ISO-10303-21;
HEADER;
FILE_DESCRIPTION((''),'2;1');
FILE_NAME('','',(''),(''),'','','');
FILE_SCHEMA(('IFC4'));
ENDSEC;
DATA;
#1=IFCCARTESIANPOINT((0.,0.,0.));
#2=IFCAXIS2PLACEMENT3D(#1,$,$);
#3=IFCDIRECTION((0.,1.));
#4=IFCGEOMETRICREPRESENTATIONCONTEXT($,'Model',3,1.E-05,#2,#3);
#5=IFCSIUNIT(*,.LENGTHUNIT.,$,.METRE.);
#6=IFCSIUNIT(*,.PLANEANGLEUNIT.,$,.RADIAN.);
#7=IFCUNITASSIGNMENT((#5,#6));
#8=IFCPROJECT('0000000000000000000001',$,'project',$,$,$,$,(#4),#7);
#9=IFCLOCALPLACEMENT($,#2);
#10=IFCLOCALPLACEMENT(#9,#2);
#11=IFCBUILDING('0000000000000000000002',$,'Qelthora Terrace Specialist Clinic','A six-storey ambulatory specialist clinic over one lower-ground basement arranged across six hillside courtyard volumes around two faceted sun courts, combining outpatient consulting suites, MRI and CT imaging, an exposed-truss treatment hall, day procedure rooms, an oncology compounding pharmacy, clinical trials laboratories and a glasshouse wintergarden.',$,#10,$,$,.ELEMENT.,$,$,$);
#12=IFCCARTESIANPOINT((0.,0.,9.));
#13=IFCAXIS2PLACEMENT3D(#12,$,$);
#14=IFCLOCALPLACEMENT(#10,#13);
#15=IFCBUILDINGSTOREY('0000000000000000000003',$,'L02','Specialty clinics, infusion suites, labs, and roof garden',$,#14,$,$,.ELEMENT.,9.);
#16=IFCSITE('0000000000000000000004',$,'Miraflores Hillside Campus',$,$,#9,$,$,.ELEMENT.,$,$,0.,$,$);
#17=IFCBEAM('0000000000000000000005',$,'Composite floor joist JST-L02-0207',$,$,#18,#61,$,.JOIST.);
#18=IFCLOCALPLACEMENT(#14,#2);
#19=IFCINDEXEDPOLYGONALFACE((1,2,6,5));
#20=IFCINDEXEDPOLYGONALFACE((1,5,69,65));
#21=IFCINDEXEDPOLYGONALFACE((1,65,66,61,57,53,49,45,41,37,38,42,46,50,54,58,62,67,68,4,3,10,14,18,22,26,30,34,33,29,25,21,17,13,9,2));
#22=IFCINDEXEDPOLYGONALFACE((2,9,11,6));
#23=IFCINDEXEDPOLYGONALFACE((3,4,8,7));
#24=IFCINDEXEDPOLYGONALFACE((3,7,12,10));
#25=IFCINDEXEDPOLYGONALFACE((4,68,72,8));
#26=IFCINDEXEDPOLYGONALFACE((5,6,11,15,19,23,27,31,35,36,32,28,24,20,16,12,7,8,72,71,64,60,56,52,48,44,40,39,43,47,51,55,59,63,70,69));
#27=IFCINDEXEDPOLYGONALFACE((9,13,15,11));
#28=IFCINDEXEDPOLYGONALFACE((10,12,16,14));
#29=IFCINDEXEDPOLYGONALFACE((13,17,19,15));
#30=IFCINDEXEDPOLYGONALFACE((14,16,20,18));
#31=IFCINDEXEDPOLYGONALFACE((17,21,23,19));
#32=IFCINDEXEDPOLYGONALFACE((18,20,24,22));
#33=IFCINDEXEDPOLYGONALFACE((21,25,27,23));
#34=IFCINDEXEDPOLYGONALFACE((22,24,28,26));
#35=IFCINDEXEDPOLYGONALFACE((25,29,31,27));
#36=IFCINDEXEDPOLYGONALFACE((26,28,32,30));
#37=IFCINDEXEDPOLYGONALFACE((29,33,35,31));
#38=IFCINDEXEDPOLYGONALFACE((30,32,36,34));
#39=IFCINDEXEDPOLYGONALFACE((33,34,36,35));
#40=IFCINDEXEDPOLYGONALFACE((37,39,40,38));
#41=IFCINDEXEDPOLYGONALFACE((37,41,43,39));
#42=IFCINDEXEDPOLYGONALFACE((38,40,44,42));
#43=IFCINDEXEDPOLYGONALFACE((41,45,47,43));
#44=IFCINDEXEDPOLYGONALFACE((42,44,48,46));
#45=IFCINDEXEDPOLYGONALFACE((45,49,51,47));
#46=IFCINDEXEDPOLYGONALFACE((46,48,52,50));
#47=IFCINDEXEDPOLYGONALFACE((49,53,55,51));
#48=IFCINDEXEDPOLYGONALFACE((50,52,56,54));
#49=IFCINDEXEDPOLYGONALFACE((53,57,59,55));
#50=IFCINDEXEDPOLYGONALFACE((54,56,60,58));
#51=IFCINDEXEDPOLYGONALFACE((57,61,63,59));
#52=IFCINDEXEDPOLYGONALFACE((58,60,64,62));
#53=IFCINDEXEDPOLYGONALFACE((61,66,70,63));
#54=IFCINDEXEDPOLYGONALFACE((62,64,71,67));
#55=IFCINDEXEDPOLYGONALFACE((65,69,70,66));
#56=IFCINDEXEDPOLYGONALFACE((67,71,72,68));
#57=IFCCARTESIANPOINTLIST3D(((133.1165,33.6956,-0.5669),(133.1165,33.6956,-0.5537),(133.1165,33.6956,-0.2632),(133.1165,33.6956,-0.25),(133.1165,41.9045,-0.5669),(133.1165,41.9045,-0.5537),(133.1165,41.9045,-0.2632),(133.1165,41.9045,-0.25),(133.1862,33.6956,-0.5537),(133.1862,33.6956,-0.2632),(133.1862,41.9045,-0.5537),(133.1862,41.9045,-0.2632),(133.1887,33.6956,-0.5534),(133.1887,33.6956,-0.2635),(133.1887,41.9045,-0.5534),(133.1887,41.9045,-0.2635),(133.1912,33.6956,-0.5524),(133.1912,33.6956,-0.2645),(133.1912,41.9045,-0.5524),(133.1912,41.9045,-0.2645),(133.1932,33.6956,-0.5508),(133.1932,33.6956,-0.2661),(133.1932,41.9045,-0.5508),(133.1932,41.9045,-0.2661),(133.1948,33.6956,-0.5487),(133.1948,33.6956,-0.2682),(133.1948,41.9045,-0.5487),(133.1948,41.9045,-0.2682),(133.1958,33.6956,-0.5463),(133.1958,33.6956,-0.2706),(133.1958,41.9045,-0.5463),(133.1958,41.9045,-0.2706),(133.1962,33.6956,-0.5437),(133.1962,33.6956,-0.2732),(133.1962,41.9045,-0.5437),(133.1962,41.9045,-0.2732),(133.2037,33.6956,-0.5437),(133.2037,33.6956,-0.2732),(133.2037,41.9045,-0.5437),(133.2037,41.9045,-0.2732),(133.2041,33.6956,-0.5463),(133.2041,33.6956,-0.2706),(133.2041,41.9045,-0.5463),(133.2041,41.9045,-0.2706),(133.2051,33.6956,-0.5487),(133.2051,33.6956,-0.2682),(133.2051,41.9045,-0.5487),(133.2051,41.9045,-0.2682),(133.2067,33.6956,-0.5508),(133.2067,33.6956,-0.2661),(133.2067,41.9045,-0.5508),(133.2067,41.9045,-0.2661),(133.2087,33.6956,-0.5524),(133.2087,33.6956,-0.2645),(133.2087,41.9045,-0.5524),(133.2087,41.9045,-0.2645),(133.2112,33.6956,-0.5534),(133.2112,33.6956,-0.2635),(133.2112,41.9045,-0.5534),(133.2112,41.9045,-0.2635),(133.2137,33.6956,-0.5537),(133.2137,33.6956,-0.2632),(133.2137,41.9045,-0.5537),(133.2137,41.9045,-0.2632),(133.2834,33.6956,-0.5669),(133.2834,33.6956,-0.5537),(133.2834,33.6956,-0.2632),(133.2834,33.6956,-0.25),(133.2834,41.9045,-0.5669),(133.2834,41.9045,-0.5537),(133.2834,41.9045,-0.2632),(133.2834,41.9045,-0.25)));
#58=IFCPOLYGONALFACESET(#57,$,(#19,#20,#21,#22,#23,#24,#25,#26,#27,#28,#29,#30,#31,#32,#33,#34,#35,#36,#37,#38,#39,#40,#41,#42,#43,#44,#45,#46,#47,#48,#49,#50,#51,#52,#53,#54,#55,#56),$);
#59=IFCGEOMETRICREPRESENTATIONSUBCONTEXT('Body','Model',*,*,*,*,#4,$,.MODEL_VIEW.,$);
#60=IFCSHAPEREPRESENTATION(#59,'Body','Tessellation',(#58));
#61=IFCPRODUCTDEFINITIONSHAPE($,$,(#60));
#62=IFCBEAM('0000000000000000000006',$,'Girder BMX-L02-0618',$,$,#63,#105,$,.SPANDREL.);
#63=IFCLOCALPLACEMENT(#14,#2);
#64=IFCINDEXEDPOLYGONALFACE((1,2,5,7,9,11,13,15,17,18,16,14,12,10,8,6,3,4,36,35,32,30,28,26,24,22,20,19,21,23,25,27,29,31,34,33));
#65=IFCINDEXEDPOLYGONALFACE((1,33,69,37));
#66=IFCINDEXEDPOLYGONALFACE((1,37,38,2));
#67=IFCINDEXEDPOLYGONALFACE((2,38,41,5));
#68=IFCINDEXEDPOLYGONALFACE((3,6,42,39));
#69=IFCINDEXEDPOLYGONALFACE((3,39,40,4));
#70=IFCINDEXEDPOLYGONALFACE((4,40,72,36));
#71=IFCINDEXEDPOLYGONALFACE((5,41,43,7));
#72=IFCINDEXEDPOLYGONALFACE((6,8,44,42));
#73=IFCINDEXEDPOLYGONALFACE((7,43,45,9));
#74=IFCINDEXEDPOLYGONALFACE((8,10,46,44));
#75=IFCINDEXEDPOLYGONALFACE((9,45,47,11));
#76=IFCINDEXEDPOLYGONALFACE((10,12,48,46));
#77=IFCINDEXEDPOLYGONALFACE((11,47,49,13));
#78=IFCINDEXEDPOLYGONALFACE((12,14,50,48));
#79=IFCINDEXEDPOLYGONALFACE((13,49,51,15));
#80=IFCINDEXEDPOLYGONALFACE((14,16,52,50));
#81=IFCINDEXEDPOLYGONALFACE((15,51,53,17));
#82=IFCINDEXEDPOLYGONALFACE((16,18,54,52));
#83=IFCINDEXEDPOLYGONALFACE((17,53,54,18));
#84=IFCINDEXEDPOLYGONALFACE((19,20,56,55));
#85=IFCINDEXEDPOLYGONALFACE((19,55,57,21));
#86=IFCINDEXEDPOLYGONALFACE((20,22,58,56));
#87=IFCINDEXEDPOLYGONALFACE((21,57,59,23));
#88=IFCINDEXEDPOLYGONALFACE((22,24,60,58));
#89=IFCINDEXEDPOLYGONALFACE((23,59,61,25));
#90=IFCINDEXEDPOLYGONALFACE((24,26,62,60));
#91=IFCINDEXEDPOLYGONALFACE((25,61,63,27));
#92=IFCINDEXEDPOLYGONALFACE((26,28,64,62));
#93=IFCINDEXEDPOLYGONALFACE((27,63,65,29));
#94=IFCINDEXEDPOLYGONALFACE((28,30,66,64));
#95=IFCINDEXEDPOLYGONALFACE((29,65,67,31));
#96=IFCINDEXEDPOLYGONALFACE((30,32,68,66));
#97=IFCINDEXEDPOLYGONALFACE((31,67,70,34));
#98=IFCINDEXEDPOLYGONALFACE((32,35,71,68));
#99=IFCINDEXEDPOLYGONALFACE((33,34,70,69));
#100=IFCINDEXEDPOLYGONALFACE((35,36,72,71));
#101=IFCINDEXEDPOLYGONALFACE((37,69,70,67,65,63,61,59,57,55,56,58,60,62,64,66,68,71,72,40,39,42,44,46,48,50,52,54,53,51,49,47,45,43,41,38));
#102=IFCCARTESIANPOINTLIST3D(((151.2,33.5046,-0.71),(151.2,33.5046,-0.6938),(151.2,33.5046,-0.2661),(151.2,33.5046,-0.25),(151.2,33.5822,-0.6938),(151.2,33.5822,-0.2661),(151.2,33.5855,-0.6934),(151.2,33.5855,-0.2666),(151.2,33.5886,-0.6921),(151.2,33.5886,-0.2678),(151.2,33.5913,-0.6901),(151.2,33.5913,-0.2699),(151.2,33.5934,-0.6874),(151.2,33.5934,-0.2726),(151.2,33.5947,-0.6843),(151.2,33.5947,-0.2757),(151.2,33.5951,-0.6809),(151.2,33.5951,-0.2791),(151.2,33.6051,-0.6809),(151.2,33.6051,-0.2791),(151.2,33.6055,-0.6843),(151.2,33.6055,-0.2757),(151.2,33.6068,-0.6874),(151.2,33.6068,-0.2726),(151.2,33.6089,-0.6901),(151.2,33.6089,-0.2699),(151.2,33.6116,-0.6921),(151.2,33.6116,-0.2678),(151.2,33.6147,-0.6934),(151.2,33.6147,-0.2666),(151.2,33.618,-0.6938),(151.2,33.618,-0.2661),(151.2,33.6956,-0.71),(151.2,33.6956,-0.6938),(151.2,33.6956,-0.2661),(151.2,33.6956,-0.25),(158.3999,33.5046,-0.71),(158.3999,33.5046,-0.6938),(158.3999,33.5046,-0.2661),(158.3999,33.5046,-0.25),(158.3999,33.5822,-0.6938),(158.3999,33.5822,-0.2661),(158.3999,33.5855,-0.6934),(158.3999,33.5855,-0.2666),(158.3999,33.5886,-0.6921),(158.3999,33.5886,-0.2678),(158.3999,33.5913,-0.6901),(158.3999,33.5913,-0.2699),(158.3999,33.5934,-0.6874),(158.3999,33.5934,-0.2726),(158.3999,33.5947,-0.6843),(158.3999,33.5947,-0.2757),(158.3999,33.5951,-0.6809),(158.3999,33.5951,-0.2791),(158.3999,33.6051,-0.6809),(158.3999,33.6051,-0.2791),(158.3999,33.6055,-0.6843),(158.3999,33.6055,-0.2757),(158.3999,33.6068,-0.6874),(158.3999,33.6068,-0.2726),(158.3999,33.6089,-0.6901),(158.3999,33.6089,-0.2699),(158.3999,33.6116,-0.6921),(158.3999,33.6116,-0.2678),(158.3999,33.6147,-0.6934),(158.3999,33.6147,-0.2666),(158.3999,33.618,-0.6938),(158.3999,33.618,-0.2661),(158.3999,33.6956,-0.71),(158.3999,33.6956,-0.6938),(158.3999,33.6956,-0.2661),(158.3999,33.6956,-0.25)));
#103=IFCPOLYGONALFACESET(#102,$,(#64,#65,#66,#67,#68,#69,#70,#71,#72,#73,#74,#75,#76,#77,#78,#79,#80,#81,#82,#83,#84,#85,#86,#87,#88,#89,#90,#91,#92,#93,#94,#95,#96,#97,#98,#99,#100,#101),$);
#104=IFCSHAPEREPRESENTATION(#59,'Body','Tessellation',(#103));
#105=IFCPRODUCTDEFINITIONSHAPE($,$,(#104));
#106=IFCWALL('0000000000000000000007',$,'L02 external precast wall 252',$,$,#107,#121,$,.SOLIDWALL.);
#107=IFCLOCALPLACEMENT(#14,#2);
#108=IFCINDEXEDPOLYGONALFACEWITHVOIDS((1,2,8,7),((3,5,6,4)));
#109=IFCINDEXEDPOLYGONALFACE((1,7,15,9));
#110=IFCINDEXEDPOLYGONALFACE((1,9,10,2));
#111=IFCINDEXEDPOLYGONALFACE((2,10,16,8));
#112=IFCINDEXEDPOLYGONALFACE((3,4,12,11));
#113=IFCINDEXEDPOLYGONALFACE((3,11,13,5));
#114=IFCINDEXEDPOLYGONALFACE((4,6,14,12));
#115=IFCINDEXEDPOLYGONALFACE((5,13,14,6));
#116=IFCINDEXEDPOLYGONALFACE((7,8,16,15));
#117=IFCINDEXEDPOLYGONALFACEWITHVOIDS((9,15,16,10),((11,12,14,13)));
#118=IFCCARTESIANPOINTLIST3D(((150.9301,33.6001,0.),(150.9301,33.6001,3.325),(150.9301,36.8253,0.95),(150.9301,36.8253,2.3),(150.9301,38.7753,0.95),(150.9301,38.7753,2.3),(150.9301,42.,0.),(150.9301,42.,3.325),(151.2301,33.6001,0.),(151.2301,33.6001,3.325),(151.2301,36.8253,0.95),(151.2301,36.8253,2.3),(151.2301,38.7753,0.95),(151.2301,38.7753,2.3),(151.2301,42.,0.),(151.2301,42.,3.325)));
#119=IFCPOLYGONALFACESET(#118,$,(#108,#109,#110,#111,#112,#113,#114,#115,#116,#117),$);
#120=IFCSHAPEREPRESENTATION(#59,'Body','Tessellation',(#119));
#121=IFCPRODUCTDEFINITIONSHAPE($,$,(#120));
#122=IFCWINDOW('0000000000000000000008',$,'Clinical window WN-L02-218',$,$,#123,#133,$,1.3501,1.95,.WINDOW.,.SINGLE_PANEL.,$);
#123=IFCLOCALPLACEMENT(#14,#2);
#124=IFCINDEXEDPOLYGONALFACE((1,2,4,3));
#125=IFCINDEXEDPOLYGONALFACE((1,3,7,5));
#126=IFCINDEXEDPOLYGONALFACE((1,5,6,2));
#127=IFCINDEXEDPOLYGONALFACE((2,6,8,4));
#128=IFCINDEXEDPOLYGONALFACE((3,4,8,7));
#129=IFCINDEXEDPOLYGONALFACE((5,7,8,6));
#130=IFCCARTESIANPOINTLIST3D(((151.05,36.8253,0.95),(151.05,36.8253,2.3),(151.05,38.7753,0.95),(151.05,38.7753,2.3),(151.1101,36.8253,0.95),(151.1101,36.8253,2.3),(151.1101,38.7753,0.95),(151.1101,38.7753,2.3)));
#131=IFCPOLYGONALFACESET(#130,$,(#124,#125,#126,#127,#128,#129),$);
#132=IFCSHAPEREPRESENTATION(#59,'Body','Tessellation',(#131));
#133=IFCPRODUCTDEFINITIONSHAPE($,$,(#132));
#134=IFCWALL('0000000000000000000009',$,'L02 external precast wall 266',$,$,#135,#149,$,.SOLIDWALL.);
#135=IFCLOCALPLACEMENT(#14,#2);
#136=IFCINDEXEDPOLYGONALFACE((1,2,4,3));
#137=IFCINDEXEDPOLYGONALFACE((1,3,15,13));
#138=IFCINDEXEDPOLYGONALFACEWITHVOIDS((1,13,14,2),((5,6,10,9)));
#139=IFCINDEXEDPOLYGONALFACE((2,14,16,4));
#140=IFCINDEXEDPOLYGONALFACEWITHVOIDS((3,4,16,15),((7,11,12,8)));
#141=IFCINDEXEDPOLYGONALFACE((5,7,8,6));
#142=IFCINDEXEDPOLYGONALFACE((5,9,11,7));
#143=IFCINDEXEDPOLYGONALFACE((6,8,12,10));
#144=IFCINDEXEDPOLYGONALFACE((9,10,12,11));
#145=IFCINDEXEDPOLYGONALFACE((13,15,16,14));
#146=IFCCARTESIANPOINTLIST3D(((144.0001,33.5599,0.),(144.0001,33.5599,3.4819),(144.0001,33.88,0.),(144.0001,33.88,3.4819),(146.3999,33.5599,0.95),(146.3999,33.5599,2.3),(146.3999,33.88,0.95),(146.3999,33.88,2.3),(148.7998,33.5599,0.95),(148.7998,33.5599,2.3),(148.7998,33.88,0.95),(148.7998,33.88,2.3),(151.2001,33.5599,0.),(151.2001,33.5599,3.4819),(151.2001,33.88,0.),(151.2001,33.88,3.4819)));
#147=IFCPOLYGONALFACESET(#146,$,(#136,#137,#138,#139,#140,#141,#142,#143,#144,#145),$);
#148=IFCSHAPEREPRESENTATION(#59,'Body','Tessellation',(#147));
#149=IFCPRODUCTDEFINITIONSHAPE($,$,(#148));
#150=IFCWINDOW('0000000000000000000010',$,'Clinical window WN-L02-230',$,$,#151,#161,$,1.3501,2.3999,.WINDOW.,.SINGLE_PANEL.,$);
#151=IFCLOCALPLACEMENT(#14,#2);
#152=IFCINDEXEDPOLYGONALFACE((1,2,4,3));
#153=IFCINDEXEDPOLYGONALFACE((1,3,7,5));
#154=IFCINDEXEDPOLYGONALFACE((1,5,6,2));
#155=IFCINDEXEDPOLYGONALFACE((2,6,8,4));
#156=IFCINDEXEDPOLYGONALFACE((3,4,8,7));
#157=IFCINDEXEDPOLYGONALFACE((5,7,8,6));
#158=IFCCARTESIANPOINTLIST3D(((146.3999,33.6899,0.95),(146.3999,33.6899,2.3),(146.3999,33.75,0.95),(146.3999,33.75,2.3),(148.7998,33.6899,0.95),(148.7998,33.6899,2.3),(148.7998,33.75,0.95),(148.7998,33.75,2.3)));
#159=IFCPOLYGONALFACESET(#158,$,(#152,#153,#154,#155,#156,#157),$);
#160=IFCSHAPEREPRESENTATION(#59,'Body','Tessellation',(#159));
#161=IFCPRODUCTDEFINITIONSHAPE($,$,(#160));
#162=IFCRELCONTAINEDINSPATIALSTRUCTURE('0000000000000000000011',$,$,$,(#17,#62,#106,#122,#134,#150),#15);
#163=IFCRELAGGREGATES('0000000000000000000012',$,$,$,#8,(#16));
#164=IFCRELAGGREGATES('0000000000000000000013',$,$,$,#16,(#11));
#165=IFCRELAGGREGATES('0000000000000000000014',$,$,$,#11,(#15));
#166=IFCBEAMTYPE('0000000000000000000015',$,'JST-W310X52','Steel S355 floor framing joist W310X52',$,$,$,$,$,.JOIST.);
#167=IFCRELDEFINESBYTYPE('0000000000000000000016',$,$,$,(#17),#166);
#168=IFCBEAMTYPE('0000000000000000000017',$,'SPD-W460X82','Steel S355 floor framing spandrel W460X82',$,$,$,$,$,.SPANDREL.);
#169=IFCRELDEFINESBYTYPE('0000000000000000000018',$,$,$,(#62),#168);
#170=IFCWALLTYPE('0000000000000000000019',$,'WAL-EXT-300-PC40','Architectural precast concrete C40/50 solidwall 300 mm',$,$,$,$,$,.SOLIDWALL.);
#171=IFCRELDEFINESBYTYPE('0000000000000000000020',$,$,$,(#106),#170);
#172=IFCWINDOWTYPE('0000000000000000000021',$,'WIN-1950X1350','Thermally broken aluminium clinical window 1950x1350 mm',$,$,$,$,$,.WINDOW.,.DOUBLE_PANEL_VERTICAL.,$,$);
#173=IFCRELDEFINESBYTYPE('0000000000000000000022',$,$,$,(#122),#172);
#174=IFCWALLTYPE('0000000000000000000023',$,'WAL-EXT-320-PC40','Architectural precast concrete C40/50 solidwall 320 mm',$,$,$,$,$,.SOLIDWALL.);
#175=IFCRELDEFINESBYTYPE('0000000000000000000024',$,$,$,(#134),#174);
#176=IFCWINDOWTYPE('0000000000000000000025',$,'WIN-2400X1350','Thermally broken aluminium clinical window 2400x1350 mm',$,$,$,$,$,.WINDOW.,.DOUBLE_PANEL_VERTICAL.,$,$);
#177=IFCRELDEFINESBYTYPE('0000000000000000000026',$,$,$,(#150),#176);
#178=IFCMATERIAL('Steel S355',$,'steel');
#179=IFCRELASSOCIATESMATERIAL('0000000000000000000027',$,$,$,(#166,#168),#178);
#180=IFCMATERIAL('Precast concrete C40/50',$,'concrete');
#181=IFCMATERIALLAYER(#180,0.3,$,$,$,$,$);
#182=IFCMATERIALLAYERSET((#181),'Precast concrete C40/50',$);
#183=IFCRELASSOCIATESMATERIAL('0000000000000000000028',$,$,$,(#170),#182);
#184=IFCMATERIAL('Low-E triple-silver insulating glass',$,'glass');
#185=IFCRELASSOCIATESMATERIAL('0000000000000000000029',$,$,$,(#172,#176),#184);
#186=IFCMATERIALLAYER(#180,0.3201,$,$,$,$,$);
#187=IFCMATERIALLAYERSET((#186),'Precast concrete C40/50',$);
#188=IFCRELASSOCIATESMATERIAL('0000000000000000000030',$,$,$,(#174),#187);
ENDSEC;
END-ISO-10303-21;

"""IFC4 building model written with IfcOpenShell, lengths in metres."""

from ifc_helpers import new_model, si_unit, direction, frame, frame_2d, origin, origin_2d, place, context, subcontext, project, spatial, rectangle, i_section, extrude, material, layer, layer_set, material_profile, profile_set, type_object, element, fill, save


model = new_model("IFC4")

# Units and contexts
model_context = context("Model", 3, precision=1e-05, world=origin(), true_north=direction((0.0, 1.0)))
body_context = subcontext(model_context, "Body", "Model", "MODEL_VIEW")
ifc_project = project(units=[si_unit("LENGTHUNIT", "METRE"), si_unit("PLANEANGLEUNIT", "RADIAN")], contexts=[model_context])

# Site, building, storey
site_placement = place(None, origin())
site = spatial("IfcSite", under=ifc_project, at=site_placement, Name="Miraflores Hillside Campus", CompositionType="ELEMENT", RefElevation=0.0)
building_placement = place(site_placement, origin())
building = spatial("IfcBuilding", under=site, at=building_placement, Name="Qelthora Terrace Specialist Clinic", Description="A six-storey ambulatory specialist clinic over one lower-ground basement arranged across six hillside courtyard volumes around two faceted sun courts, combining outpatient consulting suites, MRI and CT imaging, an exposed-truss treatment hall, day procedure rooms, an oncology compounding pharmacy, clinical trials laboratories and a glasshouse wintergarden.", CompositionType="ELEMENT")
storey_placement = place(building_placement, frame((0.0, 0.0, 9.0)))
storey = spatial("IfcBuildingStorey", under=building, at=storey_placement, Name="L02", Description="Specialty clinics, infusion suites, labs, and roof garden", CompositionType="ELEMENT", Elevation=9.0)

# Shared definitions
ifc_material_1 = material(Name="Steel S355", Category="steel")

# Beams
ifc_material_profile_1 = material_profile(ifc_material_1, i_section(OverallWidth=0.167, OverallDepth=0.3169, WebThickness=0.0076, FlangeThickness=0.0132, FilletRadius=0.01, at=origin_2d()), Name="W310X52")
ifc_profile_set_1 = profile_set([ifc_material_profile_1], Name="Steel S355")
beam_type_1 = type_object("IfcBeamType", Name="JST-W310X52", Description="Steel S355 floor framing joist W310X52", PredefinedType="JOIST", material=ifc_profile_set_1)
beam_1_placement = place(storey_placement, frame((133.2, 33.6956, -0.4084), z_axis=(0.0, 1.0, 0.0), x_axis=(-1.0, 0.0, 0.0)))
element("IfcBeam", 1, at=beam_1_placement, inside=storey, type_object=beam_type_1, Name="Composite floor joist JST-L02-0207", PredefinedType="JOIST", context=body_context, shape_type="SweptSolid", body=[
    extrude(i_section(OverallWidth=0.167, OverallDepth=0.3169, WebThickness=0.0076, FlangeThickness=0.0132, FilletRadius=0.01, at=origin_2d()), origin(), (0.0, 0.0, 1.0), 8.209),
])
ifc_material_profile_2 = material_profile(ifc_material_1, i_section(OverallWidth=0.1909, OverallDepth=0.46, WebThickness=0.01, FlangeThickness=0.0161, FilletRadius=0.0129, at=origin_2d()), Name="W460X82")
ifc_profile_set_2 = profile_set([ifc_material_profile_2], Name="Steel S355")
beam_type_2 = type_object("IfcBeamType", Name="SPD-W460X82", Description="Steel S355 floor framing spandrel W460X82", PredefinedType="SPANDREL", material=ifc_profile_set_2)
beam_2_placement = place(storey_placement, frame((151.2, 33.6001, -0.48), z_axis=(1.0, 0.0, 0.0), x_axis=(0.0, 1.0, 0.0)))
element("IfcBeam", 2, at=beam_2_placement, inside=storey, type_object=beam_type_2, Name="Girder BMX-L02-0618", PredefinedType="SPANDREL", context=body_context, shape_type="SweptSolid", body=[
    extrude(i_section(OverallWidth=0.1909, OverallDepth=0.46, WebThickness=0.01, FlangeThickness=0.0161, FilletRadius=0.0129, at=origin_2d()), origin(), (0.0, 0.0, 1.0), 7.2),
])

# Walls, openings, windows
ifc_material_2 = material(Name="Precast concrete C40/50", Category="concrete")
ifc_layer_1 = layer(ifc_material_2, 0.3)
ifc_layer_set_1 = layer_set([ifc_layer_1], Name="Precast concrete C40/50")
wall_type_1 = type_object("IfcWallType", Name="WAL-EXT-300-PC40", Description="Architectural precast concrete C40/50 solidwall 300 mm", PredefinedType="SOLIDWALL", material=ifc_layer_set_1)
wall_1_placement = place(storey_placement, frame((151.0801, 33.6001, 0.0), z_axis=(0.0, 0.0, 1.0), x_axis=(0.0, 1.0, 0.0)))
wall_1 = element("IfcWall", 3, at=wall_1_placement, inside=storey, type_object=wall_type_1, Name="L02 external precast wall 252", PredefinedType="SOLIDWALL", context=body_context, shape_type="SweptSolid", body=[
    extrude(rectangle(XDim=8.3999, YDim=0.3, at=frame_2d((4.2, 0.0))), origin(), (0.0, 0.0, 1.0), 3.325),
])
opening_1_placement = place(wall_1_placement, frame((3.2251, 0.0, 0.95)))
opening_1 = element("IfcOpeningElement", 4, at=opening_1_placement, cuts=wall_1, PredefinedType="OPENING", context=body_context, shape_type="SweptSolid", body=[
    extrude(rectangle(XDim=1.95, YDim=1.3501, at=frame_2d((0.9751, 0.675))), frame((0.0, 0.1599, 0.0), z_axis=(0.0, -1.0, 0.0), x_axis=(1.0, 0.0, 0.0)), (0.0, 0.0, 1.0), 0.3201),
])
ifc_material_3 = material(Name="Low-E triple-silver insulating glass", Category="glass")
window_type_1 = type_object("IfcWindowType", Name="WIN-1950X1350", Description="Thermally broken aluminium clinical window 1950x1350 mm", PartitioningType="DOUBLE_PANEL_VERTICAL", PredefinedType="WINDOW", material=ifc_material_3)
window_1_placement = place(opening_1_placement, origin())
window_1 = element("IfcWindow", 5, at=window_1_placement, inside=storey, type_object=window_type_1, Name="Clinical window WN-L02-218", OverallHeight=1.3501, OverallWidth=1.95, PartitioningType="SINGLE_PANEL", PredefinedType="WINDOW", context=body_context, shape_type="SweptSolid", body=[
    extrude(rectangle(XDim=1.95, YDim=1.3501, at=frame_2d((0.9751, 0.675))), frame((0.0, 0.03, 0.0), z_axis=(0.0, -1.0, 0.0), x_axis=(1.0, 0.0, 0.0)), (0.0, 0.0, 1.0), 0.0601),
])
fill(opening_1, window_1)
ifc_layer_2 = layer(ifc_material_2, 0.3201)
ifc_layer_set_2 = layer_set([ifc_layer_2], Name="Precast concrete C40/50")
wall_type_2 = type_object("IfcWallType", Name="WAL-EXT-320-PC40", Description="Architectural precast concrete C40/50 solidwall 320 mm", PredefinedType="SOLIDWALL", material=ifc_layer_set_2)
wall_2_placement = place(storey_placement, frame((144.0, 33.72, 0.0), z_axis=(0.0, 0.0, 1.0), x_axis=(1.0, 0.0, 0.0)))
wall_2 = element("IfcWall", 6, at=wall_2_placement, inside=storey, type_object=wall_type_2, Name="L02 external precast wall 266", PredefinedType="SOLIDWALL", context=body_context, shape_type="SweptSolid", body=[
    extrude(rectangle(XDim=7.2, YDim=0.3201, at=frame_2d((3.6001, 0.0))), origin(), (0.0, 0.0, 1.0), 3.4819),
])
opening_2_placement = place(wall_2_placement, frame((2.3999, 0.0, 0.95)))
opening_2 = element("IfcOpeningElement", 7, at=opening_2_placement, cuts=wall_2, PredefinedType="OPENING", context=body_context, shape_type="SweptSolid", body=[
    extrude(rectangle(XDim=2.3999, YDim=1.3501, at=frame_2d((1.2, 0.675))), frame((0.0, 0.1699, 0.0), z_axis=(0.0, -1.0, 0.0), x_axis=(1.0, 0.0, 0.0)), (0.0, 0.0, 1.0), 0.3401),
])
window_type_2 = type_object("IfcWindowType", Name="WIN-2400X1350", Description="Thermally broken aluminium clinical window 2400x1350 mm", PartitioningType="DOUBLE_PANEL_VERTICAL", PredefinedType="WINDOW", material=ifc_material_3)
window_2_placement = place(opening_2_placement, origin())
window_2 = element("IfcWindow", 8, at=window_2_placement, inside=storey, type_object=window_type_2, Name="Clinical window WN-L02-230", OverallHeight=1.3501, OverallWidth=2.3999, PartitioningType="SINGLE_PANEL", PredefinedType="WINDOW", context=body_context, shape_type="SweptSolid", body=[
    extrude(rectangle(XDim=2.3999, YDim=1.3501, at=frame_2d((1.2, 0.675))), frame((0.0, 0.03, 0.0), z_axis=(0.0, -1.0, 0.0), x_axis=(1.0, 0.0, 0.0)), (0.0, 0.0, 1.0), 0.0601),
])
fill(opening_2, window_2)

save(model, "model.ifc")
